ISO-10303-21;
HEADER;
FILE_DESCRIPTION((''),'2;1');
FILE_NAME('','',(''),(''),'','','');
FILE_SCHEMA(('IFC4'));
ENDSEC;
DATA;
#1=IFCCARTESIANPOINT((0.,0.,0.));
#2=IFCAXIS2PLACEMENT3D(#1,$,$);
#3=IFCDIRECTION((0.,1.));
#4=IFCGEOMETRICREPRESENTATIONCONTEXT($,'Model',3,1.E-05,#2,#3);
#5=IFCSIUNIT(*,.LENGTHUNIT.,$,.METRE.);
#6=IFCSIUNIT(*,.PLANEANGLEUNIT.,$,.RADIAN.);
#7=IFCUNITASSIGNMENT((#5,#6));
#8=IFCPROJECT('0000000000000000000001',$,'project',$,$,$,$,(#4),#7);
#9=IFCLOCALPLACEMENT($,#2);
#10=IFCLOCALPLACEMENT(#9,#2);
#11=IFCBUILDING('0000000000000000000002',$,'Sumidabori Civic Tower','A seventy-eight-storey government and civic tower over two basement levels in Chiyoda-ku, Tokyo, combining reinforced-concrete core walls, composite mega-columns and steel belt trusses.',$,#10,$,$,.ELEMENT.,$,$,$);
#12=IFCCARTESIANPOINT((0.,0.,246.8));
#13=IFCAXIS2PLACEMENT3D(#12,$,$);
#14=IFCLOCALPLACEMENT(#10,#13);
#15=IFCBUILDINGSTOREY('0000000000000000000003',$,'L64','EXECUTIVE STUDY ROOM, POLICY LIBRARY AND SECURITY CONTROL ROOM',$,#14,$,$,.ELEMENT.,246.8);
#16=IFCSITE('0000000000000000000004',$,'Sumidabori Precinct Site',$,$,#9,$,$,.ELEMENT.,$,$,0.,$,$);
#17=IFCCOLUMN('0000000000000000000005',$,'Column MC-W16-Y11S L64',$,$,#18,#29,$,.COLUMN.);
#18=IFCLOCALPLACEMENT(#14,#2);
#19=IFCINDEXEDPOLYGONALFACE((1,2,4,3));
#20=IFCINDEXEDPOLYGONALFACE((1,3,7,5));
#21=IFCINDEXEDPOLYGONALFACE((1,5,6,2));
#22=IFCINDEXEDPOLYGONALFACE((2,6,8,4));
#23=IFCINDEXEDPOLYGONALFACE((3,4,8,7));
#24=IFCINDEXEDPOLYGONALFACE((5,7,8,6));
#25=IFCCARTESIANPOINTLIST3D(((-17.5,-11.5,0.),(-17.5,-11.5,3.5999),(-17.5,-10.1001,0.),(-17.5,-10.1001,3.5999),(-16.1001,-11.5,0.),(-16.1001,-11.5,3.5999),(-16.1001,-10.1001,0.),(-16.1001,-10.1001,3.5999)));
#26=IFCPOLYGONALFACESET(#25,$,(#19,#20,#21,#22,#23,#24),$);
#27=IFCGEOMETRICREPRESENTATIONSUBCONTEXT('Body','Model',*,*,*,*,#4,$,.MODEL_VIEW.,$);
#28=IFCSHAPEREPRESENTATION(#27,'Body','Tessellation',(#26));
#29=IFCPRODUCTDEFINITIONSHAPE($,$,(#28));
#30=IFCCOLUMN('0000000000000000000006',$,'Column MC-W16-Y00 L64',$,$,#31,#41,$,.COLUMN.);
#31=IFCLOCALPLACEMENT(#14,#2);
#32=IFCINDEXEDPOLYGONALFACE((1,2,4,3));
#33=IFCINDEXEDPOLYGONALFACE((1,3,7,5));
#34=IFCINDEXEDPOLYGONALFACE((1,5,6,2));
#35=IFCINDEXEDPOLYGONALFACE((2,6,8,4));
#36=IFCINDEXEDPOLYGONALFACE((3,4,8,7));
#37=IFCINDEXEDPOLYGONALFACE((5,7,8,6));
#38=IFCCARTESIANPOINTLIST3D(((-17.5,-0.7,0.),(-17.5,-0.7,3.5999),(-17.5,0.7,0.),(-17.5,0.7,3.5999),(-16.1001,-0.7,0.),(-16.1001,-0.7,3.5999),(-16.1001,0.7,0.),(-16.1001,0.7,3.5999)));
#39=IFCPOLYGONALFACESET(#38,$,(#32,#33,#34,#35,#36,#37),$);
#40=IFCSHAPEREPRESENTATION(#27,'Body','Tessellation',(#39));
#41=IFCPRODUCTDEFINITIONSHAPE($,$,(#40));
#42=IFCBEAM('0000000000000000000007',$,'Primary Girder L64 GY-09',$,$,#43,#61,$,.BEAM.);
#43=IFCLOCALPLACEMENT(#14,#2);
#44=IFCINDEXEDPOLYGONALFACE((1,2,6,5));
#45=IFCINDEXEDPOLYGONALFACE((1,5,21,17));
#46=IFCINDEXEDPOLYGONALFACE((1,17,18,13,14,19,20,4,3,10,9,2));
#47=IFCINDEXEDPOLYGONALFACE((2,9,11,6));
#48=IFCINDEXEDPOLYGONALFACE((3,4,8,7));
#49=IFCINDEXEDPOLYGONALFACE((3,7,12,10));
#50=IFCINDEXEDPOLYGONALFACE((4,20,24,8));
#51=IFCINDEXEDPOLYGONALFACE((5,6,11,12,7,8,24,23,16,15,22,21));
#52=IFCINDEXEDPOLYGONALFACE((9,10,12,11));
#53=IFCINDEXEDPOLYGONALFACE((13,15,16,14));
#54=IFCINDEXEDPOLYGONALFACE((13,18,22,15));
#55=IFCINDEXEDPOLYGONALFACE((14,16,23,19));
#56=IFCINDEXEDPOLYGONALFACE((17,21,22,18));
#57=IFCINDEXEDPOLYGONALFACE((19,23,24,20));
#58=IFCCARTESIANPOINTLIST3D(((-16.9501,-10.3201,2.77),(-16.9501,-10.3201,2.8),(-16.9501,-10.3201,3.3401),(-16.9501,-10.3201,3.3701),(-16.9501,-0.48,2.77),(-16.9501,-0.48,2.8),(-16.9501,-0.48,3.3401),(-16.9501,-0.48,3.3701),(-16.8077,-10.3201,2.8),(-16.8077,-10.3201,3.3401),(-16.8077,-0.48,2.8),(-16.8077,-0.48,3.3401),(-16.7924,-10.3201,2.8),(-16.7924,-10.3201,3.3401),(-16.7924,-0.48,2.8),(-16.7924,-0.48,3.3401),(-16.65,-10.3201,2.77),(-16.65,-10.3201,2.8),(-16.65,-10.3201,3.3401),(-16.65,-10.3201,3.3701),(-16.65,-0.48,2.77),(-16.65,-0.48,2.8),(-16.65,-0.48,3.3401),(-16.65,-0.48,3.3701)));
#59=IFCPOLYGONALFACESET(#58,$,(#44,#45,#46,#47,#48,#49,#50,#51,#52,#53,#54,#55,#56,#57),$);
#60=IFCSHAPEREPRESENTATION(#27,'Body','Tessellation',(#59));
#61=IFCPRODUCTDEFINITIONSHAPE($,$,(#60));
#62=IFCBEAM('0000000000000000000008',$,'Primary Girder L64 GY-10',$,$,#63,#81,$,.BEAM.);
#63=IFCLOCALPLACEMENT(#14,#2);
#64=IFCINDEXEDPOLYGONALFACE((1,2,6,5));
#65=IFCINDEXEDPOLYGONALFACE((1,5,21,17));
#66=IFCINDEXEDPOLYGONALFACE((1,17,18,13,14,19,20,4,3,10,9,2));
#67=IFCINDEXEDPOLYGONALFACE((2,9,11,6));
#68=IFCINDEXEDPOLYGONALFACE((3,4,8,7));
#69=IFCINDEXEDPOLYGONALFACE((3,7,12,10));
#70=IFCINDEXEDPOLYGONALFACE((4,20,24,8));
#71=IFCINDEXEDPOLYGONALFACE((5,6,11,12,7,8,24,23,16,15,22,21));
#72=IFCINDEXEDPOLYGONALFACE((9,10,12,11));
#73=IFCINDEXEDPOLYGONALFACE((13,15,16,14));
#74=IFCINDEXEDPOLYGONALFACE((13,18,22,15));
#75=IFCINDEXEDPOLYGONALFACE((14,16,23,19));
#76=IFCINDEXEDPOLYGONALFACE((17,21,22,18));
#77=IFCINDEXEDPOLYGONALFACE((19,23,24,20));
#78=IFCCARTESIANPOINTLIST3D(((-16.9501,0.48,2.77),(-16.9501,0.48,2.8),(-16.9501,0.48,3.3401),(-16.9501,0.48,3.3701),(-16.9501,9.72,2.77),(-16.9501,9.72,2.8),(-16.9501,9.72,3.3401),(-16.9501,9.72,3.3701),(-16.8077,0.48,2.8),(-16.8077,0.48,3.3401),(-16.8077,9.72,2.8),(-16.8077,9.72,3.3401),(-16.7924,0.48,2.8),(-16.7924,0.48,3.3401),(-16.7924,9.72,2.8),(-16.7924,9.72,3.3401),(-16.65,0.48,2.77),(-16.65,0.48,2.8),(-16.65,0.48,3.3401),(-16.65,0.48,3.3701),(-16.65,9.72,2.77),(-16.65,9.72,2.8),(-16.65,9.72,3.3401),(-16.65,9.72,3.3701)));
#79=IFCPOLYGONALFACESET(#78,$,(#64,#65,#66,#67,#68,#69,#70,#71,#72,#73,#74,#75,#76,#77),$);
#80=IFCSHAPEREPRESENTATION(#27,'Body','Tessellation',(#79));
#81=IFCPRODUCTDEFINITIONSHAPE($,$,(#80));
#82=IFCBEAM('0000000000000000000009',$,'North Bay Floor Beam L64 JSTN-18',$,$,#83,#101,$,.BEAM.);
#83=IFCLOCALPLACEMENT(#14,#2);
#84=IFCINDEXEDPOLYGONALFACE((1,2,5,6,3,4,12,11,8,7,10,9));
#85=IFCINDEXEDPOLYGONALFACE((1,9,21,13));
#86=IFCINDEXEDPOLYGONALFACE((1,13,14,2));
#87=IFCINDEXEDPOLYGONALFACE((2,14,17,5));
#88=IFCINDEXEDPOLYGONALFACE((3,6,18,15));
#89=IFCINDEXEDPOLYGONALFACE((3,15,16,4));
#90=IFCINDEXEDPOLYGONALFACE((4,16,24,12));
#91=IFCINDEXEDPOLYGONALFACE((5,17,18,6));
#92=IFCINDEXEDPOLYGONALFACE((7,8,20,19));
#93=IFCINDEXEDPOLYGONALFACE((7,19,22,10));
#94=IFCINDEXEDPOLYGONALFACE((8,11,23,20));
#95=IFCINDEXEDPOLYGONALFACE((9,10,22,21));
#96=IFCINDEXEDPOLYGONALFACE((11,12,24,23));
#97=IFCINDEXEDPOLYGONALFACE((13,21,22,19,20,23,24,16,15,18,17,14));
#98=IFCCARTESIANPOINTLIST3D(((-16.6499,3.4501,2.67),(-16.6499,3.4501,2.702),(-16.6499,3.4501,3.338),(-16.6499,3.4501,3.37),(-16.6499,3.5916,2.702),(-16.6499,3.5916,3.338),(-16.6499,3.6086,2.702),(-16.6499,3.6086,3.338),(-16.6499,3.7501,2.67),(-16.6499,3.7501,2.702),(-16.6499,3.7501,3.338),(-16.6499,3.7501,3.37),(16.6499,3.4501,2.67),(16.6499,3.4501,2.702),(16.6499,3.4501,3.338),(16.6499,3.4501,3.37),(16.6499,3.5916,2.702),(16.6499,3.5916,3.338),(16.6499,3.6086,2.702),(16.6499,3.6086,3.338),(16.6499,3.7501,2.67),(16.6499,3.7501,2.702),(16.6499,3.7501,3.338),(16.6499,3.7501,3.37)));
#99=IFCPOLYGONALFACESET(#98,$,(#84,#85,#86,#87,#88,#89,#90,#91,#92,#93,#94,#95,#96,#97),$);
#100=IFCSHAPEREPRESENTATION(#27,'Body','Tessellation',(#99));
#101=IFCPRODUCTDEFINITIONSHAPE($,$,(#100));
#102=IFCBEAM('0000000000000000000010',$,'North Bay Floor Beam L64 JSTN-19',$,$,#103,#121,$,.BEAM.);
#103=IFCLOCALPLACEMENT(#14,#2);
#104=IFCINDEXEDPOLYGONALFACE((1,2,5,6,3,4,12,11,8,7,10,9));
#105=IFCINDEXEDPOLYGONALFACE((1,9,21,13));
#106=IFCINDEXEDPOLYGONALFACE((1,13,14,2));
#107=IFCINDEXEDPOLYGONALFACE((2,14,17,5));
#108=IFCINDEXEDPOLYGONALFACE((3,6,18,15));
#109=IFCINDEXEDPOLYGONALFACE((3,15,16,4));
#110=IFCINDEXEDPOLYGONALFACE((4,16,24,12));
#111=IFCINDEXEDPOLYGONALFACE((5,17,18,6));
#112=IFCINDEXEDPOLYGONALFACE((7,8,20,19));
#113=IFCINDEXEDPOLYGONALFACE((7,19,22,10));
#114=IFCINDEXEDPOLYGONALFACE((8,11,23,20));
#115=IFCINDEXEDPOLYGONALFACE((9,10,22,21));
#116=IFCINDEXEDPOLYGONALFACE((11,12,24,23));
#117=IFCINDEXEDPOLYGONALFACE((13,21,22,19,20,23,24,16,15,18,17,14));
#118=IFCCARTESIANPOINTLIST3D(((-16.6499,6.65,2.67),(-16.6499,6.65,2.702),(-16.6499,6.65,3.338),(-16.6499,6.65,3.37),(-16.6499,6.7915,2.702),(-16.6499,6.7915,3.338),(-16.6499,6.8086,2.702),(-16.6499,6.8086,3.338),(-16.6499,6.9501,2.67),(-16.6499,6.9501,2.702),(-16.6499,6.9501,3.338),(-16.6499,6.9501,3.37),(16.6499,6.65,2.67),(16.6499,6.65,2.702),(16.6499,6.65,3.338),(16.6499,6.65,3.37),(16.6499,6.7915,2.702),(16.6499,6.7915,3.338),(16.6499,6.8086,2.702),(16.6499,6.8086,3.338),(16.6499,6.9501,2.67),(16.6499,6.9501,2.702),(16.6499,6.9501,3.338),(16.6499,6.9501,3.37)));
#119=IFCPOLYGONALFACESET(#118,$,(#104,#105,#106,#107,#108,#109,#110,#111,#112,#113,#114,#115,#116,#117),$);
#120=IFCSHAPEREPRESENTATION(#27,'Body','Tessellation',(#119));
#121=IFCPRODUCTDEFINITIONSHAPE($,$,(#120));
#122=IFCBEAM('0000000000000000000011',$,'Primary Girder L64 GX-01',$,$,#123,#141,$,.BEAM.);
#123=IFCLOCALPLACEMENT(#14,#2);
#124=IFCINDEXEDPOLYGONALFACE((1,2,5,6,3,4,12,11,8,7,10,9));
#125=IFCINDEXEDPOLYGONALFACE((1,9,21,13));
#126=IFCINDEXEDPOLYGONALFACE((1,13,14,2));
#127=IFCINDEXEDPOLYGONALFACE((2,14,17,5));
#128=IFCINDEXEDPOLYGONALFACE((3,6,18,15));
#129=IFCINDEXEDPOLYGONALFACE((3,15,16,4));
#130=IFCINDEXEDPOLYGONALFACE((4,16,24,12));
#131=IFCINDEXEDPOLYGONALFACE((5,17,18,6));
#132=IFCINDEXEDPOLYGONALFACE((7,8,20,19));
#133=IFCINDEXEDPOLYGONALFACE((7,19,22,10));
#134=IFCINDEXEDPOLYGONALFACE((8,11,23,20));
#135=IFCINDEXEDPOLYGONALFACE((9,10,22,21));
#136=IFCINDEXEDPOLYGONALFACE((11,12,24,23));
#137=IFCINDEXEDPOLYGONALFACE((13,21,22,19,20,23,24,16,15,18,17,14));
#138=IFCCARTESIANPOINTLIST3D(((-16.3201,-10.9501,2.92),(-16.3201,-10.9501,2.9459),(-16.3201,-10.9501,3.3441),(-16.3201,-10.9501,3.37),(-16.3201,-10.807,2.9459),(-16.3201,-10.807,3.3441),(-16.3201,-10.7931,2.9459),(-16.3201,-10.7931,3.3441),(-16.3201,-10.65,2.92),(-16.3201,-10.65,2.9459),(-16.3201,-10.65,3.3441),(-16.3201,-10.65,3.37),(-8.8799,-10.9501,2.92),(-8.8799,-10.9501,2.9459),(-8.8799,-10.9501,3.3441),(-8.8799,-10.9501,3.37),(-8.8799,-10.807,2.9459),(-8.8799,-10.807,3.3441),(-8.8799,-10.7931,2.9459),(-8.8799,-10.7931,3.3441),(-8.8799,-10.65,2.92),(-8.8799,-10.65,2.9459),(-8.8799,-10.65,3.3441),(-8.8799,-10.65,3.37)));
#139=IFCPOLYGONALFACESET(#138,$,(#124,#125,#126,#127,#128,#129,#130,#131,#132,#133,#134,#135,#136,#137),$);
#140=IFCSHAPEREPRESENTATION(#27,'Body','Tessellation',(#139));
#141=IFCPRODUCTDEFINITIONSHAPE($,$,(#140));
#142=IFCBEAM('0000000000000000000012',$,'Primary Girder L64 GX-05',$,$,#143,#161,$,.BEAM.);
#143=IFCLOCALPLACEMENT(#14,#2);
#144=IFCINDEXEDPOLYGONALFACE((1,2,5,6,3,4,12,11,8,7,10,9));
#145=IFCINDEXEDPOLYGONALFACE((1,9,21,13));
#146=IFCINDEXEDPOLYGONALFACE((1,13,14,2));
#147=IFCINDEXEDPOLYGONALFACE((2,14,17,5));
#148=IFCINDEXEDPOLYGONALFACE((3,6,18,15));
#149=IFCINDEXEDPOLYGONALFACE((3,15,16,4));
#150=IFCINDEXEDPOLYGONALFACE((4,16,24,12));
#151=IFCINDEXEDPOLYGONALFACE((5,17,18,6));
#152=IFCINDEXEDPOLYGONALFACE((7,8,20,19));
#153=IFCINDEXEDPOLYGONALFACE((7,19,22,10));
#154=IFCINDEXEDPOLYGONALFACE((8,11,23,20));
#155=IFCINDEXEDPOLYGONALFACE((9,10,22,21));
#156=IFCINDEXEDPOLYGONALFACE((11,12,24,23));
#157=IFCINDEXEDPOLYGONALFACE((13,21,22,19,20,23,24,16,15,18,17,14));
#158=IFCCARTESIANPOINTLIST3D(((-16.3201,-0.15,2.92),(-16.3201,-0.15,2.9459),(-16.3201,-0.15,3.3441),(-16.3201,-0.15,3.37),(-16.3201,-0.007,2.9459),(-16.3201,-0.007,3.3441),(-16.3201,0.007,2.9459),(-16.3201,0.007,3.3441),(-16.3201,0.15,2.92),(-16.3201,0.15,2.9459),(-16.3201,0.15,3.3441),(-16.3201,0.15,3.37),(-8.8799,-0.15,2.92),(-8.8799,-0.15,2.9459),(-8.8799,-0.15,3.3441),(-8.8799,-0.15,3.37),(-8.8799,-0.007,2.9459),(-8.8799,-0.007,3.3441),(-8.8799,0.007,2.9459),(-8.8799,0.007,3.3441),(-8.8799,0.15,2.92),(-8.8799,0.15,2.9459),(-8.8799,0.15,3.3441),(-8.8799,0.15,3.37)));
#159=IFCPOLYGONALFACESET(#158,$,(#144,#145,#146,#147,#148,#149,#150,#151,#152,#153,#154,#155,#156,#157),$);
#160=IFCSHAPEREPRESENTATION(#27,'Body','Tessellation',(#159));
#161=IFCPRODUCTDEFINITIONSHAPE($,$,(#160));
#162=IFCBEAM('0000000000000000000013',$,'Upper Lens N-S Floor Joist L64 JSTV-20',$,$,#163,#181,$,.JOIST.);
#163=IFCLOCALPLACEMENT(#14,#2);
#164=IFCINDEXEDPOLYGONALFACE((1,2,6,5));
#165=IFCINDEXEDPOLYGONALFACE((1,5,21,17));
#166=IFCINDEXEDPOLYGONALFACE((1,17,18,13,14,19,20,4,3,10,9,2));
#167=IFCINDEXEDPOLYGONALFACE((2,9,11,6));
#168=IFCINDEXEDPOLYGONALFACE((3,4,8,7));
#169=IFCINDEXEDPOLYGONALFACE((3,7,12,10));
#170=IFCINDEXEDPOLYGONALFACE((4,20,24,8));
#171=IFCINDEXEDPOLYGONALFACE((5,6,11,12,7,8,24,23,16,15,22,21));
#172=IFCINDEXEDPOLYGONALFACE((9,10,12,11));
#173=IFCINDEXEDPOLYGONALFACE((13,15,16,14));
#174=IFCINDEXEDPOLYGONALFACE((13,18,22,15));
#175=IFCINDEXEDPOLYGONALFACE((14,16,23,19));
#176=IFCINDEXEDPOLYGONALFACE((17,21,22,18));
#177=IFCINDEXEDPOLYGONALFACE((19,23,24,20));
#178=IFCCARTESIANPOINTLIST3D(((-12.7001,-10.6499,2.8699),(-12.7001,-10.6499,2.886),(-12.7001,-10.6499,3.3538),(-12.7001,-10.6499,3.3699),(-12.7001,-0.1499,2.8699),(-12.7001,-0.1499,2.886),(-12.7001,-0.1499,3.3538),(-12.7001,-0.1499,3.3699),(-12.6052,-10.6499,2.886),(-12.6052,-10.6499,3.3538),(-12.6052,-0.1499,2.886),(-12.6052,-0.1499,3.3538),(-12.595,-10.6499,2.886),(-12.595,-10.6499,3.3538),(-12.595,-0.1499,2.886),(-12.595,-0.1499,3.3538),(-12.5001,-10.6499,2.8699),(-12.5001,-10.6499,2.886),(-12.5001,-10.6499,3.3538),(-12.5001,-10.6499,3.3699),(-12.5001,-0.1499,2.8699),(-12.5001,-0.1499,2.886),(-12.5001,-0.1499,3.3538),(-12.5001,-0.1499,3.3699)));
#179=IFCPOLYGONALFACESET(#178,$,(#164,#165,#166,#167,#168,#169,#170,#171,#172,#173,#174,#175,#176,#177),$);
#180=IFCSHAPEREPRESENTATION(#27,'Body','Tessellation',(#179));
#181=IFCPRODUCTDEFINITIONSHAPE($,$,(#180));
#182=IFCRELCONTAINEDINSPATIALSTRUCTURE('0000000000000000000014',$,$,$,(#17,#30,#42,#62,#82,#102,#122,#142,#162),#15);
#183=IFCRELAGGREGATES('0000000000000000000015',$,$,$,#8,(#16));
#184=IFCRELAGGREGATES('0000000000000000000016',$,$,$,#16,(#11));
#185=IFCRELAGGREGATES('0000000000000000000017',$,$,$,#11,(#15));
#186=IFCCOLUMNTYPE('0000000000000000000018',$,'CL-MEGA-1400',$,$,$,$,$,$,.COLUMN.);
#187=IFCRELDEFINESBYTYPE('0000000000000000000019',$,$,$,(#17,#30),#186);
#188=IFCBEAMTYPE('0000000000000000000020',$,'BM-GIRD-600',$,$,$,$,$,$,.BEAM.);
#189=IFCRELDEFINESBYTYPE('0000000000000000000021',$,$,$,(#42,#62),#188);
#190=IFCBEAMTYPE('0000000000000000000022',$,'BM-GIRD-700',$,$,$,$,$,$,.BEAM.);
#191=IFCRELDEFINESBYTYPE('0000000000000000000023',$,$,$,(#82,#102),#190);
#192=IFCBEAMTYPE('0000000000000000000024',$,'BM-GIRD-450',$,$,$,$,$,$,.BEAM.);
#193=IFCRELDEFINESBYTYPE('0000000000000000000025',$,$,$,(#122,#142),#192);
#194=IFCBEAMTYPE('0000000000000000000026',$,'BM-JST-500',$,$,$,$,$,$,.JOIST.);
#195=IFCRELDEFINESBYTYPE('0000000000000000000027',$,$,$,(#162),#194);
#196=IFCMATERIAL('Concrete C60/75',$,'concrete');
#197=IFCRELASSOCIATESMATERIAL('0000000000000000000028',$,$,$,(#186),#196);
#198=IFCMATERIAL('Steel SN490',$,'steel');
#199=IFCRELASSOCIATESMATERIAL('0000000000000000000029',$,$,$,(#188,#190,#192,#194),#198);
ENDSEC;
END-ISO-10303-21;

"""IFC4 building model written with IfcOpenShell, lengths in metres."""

from ifc_helpers import new_model, si_unit, direction, frame, origin, origin_2d, place, context, subcontext, project, spatial, rectangle, i_section, extrude, source, transform, mapped, material, material_profile, profile_set, type_object, element, save


model = new_model("IFC4")

# Units and contexts
model_context = context("Model", 3, precision=1e-05, world=origin(), true_north=direction((0.0, 1.0)))
body_context = subcontext(model_context, "Body", "Model", "MODEL_VIEW")
ifc_project = project(units=[si_unit("LENGTHUNIT", "METRE"), si_unit("PLANEANGLEUNIT", "RADIAN")], contexts=[model_context])

# Site, building, storey
site_placement = place(None, origin())
site = spatial("IfcSite", under=ifc_project, at=site_placement, Name="Sumidabori Precinct Site", CompositionType="ELEMENT", RefElevation=0.0)
building_placement = place(site_placement, origin())
building = spatial("IfcBuilding", under=site, at=building_placement, Name="Sumidabori Civic Tower", Description="A seventy-eight-storey government and civic tower over two basement levels in Chiyoda-ku, Tokyo, combining reinforced-concrete core walls, composite mega-columns and steel belt trusses.", CompositionType="ELEMENT")
storey_placement = place(building_placement, frame((0.0, 0.0, 246.8)))
storey = spatial("IfcBuildingStorey", under=building, at=storey_placement, Name="L64", Description="EXECUTIVE STUDY ROOM, POLICY LIBRARY AND SECURITY CONTROL ROOM", CompositionType="ELEMENT", Elevation=246.8)

# Columns
ifc_material_1 = material(Name="Concrete C60/75", Category="concrete")
ifc_material_profile_1 = material_profile(ifc_material_1, rectangle(XDim=1.3999, YDim=1.3999, at=origin_2d()), Name="RC 1400x1400")
ifc_profile_set_1 = profile_set([ifc_material_profile_1], Name="Concrete C60/75")
column_type = type_object("IfcColumnType", Name="CL-MEGA-1400", PredefinedType="COLUMN", material=ifc_profile_set_1)
shared_shape_1 = source(origin(), body_context, "Body", "SweptSolid", [
    extrude(rectangle(XDim=1.3999, YDim=1.3999, at=origin_2d()), origin(), (0.0, 0.0, 1.0), 3.5999),
])
for number, where, z_axis, x_axis, name in (
    (1, (-16.8, -10.8, 0.0), (0.0, 0.0, 1.0), (1.0, 0.0, 0.0), "Column MC-W16-Y11S L64"),
    (2, (-16.8, 0.0, 0.0), (0.0, 0.0, 1.0), (1.0, 0.0, 0.0), "Column MC-W16-Y00 L64"),
):
    element("IfcColumn", number, at=place(storey_placement, frame(where, z_axis=z_axis, x_axis=x_axis)), inside=storey, type_object=column_type, Name=name, PredefinedType="COLUMN", context=body_context, shape_type="MappedRepresentation", body=[
        mapped(shared_shape_1, transform((0.0, 0.0, 0.0), x_axis=(1.0, 0.0, 0.0), y_axis=(0.0, 1.0, 0.0), z_axis=(0.0, 0.0, 1.0), scale=1.0)),
    ])

# Beams
ifc_material_2 = material(Name="Steel SN490", Category="steel")
ifc_material_profile_2 = material_profile(ifc_material_2, i_section(OverallWidth=0.3, OverallDepth=0.6001, WebThickness=0.0154, FlangeThickness=0.03, at=origin_2d()), Name="HE 600 B")
ifc_profile_set_2 = profile_set([ifc_material_profile_2], Name="Steel SN490")
beam_type_1 = type_object("IfcBeamType", Name="BM-GIRD-600", PredefinedType="BEAM", material=ifc_profile_set_2)
shared_shape_2 = source(origin(), body_context, "Body", "SweptSolid", [
    extrude(i_section(OverallWidth=0.3, OverallDepth=0.6001, WebThickness=0.0154, FlangeThickness=0.03, at=origin_2d()), origin(), (0.0, 0.0, 1.0), 9.8401),
])
beam_1_placement = place(storey_placement, frame((-16.8, -10.3201, 3.0701), z_axis=(0.0, 1.0, 0.0), x_axis=(-1.0, 0.0, 0.0)))
element("IfcBeam", 3, at=beam_1_placement, inside=storey, type_object=beam_type_1, Name="Primary Girder L64 GY-09", PredefinedType="BEAM", context=body_context, shape_type="MappedRepresentation", body=[
    mapped(shared_shape_2, transform((0.0, 0.0, 0.0), x_axis=(1.0, 0.0, 0.0), y_axis=(0.0, 1.0, 0.0), z_axis=(0.0, 0.0, 1.0), scale=1.0)),
])
shared_shape_3 = source(origin(), body_context, "Body", "SweptSolid", [
    extrude(i_section(OverallWidth=0.3, OverallDepth=0.6001, WebThickness=0.0154, FlangeThickness=0.03, at=origin_2d()), origin(), (0.0, 0.0, 1.0), 9.24),
])
beam_2_placement = place(storey_placement, frame((-16.8, 0.48, 3.0701), z_axis=(0.0, 1.0, 0.0), x_axis=(-1.0, 0.0, 0.0)))
element("IfcBeam", 4, at=beam_2_placement, inside=storey, type_object=beam_type_1, Name="Primary Girder L64 GY-10", PredefinedType="BEAM", context=body_context, shape_type="MappedRepresentation", body=[
    mapped(shared_shape_3, transform((0.0, 0.0, 0.0), x_axis=(1.0, 0.0, 0.0), y_axis=(0.0, 1.0, 0.0), z_axis=(0.0, 0.0, 1.0), scale=1.0)),
])
ifc_material_profile_3 = material_profile(ifc_material_2, i_section(OverallWidth=0.3, OverallDepth=0.7, WebThickness=0.0171, FlangeThickness=0.032, at=origin_2d()), Name="HE 700 B")
ifc_profile_set_3 = profile_set([ifc_material_profile_3], Name="Steel SN490")
beam_type_2 = type_object("IfcBeamType", Name="BM-GIRD-700", PredefinedType="BEAM", material=ifc_profile_set_3)
shared_shape_4 = source(origin(), body_context, "Body", "SweptSolid", [
    extrude(i_section(OverallWidth=0.3, OverallDepth=0.7, WebThickness=0.0171, FlangeThickness=0.032, at=origin_2d()), origin(), (0.0, 0.0, 1.0), 33.2998),
])
for number, where, z_axis, x_axis, name in (
    (5, (-16.6499, 3.6001, 3.02), (1.0, 0.0, 0.0), (0.0, 1.0, 0.0), "North Bay Floor Beam L64 JSTN-18"),
    (6, (-16.6499, 6.8, 3.02), (1.0, 0.0, 0.0), (0.0, 1.0, 0.0), "North Bay Floor Beam L64 JSTN-19"),
):
    element("IfcBeam", number, at=place(storey_placement, frame(where, z_axis=z_axis, x_axis=x_axis)), inside=storey, type_object=beam_type_2, Name=name, PredefinedType="BEAM", context=body_context, shape_type="MappedRepresentation", body=[
        mapped(shared_shape_4, transform((0.0, 0.0, 0.0), x_axis=(1.0, 0.0, 0.0), y_axis=(0.0, 1.0, 0.0), z_axis=(0.0, 0.0, 1.0), scale=1.0)),
    ])
ifc_material_profile_4 = material_profile(ifc_material_2, i_section(OverallWidth=0.3, OverallDepth=0.45, WebThickness=0.0139, FlangeThickness=0.0259, at=origin_2d()), Name="HE 450 B")
ifc_profile_set_4 = profile_set([ifc_material_profile_4], Name="Steel SN490")
beam_type_3 = type_object("IfcBeamType", Name="BM-GIRD-450", PredefinedType="BEAM", material=ifc_profile_set_4)
shared_shape_5 = source(origin(), body_context, "Body", "SweptSolid", [
    extrude(i_section(OverallWidth=0.3, OverallDepth=0.45, WebThickness=0.0139, FlangeThickness=0.0259, at=origin_2d()), origin(), (0.0, 0.0, 1.0), 7.4402),
])
for number, where, z_axis, x_axis, name in (
    (7, (-16.3201, -10.8, 3.145), (1.0, 0.0, 0.0), (0.0, 1.0, 0.0), "Primary Girder L64 GX-01"),
    (8, (-16.3201, 0.0, 3.145), (1.0, 0.0, 0.0), (0.0, 1.0, 0.0), "Primary Girder L64 GX-05"),
):
    element("IfcBeam", number, at=place(storey_placement, frame(where, z_axis=z_axis, x_axis=x_axis)), inside=storey, type_object=beam_type_3, Name=name, PredefinedType="BEAM", context=body_context, shape_type="MappedRepresentation", body=[
        mapped(shared_shape_5, transform((0.0, 0.0, 0.0), x_axis=(1.0, 0.0, 0.0), y_axis=(0.0, 1.0, 0.0), z_axis=(0.0, 0.0, 1.0), scale=1.0)),
    ])
ifc_material_profile_5 = material_profile(ifc_material_2, i_section(OverallWidth=0.2, OverallDepth=0.5, WebThickness=0.0103, FlangeThickness=0.0161, at=origin_2d()), Name="IPE 500")
ifc_profile_set_5 = profile_set([ifc_material_profile_5], Name="Steel SN490")
beam_type_4 = type_object("IfcBeamType", Name="BM-JST-500", PredefinedType="JOIST", material=ifc_profile_set_5)
shared_shape_6 = source(origin(), body_context, "Body", "SweptSolid", [
    extrude(i_section(OverallWidth=0.2, OverallDepth=0.5, WebThickness=0.0103, FlangeThickness=0.0161, at=origin_2d()), origin(), (0.0, 0.0, 1.0), 10.5),
])
beam_3_placement = place(storey_placement, frame((-12.6001, -10.6499, 3.1199), z_axis=(0.0, 1.0, 0.0), x_axis=(-1.0, 0.0, 0.0)))
element("IfcBeam", 9, at=beam_3_placement, inside=storey, type_object=beam_type_4, Name="Upper Lens N-S Floor Joist L64 JSTV-20", PredefinedType="JOIST", context=body_context, shape_type="MappedRepresentation", body=[
    mapped(shared_shape_6, transform((0.0, 0.0, 0.0), x_axis=(1.0, 0.0, 0.0), y_axis=(0.0, 1.0, 0.0), z_axis=(0.0, 0.0, 1.0), scale=1.0)),
])

save(model, "model.ifc")
